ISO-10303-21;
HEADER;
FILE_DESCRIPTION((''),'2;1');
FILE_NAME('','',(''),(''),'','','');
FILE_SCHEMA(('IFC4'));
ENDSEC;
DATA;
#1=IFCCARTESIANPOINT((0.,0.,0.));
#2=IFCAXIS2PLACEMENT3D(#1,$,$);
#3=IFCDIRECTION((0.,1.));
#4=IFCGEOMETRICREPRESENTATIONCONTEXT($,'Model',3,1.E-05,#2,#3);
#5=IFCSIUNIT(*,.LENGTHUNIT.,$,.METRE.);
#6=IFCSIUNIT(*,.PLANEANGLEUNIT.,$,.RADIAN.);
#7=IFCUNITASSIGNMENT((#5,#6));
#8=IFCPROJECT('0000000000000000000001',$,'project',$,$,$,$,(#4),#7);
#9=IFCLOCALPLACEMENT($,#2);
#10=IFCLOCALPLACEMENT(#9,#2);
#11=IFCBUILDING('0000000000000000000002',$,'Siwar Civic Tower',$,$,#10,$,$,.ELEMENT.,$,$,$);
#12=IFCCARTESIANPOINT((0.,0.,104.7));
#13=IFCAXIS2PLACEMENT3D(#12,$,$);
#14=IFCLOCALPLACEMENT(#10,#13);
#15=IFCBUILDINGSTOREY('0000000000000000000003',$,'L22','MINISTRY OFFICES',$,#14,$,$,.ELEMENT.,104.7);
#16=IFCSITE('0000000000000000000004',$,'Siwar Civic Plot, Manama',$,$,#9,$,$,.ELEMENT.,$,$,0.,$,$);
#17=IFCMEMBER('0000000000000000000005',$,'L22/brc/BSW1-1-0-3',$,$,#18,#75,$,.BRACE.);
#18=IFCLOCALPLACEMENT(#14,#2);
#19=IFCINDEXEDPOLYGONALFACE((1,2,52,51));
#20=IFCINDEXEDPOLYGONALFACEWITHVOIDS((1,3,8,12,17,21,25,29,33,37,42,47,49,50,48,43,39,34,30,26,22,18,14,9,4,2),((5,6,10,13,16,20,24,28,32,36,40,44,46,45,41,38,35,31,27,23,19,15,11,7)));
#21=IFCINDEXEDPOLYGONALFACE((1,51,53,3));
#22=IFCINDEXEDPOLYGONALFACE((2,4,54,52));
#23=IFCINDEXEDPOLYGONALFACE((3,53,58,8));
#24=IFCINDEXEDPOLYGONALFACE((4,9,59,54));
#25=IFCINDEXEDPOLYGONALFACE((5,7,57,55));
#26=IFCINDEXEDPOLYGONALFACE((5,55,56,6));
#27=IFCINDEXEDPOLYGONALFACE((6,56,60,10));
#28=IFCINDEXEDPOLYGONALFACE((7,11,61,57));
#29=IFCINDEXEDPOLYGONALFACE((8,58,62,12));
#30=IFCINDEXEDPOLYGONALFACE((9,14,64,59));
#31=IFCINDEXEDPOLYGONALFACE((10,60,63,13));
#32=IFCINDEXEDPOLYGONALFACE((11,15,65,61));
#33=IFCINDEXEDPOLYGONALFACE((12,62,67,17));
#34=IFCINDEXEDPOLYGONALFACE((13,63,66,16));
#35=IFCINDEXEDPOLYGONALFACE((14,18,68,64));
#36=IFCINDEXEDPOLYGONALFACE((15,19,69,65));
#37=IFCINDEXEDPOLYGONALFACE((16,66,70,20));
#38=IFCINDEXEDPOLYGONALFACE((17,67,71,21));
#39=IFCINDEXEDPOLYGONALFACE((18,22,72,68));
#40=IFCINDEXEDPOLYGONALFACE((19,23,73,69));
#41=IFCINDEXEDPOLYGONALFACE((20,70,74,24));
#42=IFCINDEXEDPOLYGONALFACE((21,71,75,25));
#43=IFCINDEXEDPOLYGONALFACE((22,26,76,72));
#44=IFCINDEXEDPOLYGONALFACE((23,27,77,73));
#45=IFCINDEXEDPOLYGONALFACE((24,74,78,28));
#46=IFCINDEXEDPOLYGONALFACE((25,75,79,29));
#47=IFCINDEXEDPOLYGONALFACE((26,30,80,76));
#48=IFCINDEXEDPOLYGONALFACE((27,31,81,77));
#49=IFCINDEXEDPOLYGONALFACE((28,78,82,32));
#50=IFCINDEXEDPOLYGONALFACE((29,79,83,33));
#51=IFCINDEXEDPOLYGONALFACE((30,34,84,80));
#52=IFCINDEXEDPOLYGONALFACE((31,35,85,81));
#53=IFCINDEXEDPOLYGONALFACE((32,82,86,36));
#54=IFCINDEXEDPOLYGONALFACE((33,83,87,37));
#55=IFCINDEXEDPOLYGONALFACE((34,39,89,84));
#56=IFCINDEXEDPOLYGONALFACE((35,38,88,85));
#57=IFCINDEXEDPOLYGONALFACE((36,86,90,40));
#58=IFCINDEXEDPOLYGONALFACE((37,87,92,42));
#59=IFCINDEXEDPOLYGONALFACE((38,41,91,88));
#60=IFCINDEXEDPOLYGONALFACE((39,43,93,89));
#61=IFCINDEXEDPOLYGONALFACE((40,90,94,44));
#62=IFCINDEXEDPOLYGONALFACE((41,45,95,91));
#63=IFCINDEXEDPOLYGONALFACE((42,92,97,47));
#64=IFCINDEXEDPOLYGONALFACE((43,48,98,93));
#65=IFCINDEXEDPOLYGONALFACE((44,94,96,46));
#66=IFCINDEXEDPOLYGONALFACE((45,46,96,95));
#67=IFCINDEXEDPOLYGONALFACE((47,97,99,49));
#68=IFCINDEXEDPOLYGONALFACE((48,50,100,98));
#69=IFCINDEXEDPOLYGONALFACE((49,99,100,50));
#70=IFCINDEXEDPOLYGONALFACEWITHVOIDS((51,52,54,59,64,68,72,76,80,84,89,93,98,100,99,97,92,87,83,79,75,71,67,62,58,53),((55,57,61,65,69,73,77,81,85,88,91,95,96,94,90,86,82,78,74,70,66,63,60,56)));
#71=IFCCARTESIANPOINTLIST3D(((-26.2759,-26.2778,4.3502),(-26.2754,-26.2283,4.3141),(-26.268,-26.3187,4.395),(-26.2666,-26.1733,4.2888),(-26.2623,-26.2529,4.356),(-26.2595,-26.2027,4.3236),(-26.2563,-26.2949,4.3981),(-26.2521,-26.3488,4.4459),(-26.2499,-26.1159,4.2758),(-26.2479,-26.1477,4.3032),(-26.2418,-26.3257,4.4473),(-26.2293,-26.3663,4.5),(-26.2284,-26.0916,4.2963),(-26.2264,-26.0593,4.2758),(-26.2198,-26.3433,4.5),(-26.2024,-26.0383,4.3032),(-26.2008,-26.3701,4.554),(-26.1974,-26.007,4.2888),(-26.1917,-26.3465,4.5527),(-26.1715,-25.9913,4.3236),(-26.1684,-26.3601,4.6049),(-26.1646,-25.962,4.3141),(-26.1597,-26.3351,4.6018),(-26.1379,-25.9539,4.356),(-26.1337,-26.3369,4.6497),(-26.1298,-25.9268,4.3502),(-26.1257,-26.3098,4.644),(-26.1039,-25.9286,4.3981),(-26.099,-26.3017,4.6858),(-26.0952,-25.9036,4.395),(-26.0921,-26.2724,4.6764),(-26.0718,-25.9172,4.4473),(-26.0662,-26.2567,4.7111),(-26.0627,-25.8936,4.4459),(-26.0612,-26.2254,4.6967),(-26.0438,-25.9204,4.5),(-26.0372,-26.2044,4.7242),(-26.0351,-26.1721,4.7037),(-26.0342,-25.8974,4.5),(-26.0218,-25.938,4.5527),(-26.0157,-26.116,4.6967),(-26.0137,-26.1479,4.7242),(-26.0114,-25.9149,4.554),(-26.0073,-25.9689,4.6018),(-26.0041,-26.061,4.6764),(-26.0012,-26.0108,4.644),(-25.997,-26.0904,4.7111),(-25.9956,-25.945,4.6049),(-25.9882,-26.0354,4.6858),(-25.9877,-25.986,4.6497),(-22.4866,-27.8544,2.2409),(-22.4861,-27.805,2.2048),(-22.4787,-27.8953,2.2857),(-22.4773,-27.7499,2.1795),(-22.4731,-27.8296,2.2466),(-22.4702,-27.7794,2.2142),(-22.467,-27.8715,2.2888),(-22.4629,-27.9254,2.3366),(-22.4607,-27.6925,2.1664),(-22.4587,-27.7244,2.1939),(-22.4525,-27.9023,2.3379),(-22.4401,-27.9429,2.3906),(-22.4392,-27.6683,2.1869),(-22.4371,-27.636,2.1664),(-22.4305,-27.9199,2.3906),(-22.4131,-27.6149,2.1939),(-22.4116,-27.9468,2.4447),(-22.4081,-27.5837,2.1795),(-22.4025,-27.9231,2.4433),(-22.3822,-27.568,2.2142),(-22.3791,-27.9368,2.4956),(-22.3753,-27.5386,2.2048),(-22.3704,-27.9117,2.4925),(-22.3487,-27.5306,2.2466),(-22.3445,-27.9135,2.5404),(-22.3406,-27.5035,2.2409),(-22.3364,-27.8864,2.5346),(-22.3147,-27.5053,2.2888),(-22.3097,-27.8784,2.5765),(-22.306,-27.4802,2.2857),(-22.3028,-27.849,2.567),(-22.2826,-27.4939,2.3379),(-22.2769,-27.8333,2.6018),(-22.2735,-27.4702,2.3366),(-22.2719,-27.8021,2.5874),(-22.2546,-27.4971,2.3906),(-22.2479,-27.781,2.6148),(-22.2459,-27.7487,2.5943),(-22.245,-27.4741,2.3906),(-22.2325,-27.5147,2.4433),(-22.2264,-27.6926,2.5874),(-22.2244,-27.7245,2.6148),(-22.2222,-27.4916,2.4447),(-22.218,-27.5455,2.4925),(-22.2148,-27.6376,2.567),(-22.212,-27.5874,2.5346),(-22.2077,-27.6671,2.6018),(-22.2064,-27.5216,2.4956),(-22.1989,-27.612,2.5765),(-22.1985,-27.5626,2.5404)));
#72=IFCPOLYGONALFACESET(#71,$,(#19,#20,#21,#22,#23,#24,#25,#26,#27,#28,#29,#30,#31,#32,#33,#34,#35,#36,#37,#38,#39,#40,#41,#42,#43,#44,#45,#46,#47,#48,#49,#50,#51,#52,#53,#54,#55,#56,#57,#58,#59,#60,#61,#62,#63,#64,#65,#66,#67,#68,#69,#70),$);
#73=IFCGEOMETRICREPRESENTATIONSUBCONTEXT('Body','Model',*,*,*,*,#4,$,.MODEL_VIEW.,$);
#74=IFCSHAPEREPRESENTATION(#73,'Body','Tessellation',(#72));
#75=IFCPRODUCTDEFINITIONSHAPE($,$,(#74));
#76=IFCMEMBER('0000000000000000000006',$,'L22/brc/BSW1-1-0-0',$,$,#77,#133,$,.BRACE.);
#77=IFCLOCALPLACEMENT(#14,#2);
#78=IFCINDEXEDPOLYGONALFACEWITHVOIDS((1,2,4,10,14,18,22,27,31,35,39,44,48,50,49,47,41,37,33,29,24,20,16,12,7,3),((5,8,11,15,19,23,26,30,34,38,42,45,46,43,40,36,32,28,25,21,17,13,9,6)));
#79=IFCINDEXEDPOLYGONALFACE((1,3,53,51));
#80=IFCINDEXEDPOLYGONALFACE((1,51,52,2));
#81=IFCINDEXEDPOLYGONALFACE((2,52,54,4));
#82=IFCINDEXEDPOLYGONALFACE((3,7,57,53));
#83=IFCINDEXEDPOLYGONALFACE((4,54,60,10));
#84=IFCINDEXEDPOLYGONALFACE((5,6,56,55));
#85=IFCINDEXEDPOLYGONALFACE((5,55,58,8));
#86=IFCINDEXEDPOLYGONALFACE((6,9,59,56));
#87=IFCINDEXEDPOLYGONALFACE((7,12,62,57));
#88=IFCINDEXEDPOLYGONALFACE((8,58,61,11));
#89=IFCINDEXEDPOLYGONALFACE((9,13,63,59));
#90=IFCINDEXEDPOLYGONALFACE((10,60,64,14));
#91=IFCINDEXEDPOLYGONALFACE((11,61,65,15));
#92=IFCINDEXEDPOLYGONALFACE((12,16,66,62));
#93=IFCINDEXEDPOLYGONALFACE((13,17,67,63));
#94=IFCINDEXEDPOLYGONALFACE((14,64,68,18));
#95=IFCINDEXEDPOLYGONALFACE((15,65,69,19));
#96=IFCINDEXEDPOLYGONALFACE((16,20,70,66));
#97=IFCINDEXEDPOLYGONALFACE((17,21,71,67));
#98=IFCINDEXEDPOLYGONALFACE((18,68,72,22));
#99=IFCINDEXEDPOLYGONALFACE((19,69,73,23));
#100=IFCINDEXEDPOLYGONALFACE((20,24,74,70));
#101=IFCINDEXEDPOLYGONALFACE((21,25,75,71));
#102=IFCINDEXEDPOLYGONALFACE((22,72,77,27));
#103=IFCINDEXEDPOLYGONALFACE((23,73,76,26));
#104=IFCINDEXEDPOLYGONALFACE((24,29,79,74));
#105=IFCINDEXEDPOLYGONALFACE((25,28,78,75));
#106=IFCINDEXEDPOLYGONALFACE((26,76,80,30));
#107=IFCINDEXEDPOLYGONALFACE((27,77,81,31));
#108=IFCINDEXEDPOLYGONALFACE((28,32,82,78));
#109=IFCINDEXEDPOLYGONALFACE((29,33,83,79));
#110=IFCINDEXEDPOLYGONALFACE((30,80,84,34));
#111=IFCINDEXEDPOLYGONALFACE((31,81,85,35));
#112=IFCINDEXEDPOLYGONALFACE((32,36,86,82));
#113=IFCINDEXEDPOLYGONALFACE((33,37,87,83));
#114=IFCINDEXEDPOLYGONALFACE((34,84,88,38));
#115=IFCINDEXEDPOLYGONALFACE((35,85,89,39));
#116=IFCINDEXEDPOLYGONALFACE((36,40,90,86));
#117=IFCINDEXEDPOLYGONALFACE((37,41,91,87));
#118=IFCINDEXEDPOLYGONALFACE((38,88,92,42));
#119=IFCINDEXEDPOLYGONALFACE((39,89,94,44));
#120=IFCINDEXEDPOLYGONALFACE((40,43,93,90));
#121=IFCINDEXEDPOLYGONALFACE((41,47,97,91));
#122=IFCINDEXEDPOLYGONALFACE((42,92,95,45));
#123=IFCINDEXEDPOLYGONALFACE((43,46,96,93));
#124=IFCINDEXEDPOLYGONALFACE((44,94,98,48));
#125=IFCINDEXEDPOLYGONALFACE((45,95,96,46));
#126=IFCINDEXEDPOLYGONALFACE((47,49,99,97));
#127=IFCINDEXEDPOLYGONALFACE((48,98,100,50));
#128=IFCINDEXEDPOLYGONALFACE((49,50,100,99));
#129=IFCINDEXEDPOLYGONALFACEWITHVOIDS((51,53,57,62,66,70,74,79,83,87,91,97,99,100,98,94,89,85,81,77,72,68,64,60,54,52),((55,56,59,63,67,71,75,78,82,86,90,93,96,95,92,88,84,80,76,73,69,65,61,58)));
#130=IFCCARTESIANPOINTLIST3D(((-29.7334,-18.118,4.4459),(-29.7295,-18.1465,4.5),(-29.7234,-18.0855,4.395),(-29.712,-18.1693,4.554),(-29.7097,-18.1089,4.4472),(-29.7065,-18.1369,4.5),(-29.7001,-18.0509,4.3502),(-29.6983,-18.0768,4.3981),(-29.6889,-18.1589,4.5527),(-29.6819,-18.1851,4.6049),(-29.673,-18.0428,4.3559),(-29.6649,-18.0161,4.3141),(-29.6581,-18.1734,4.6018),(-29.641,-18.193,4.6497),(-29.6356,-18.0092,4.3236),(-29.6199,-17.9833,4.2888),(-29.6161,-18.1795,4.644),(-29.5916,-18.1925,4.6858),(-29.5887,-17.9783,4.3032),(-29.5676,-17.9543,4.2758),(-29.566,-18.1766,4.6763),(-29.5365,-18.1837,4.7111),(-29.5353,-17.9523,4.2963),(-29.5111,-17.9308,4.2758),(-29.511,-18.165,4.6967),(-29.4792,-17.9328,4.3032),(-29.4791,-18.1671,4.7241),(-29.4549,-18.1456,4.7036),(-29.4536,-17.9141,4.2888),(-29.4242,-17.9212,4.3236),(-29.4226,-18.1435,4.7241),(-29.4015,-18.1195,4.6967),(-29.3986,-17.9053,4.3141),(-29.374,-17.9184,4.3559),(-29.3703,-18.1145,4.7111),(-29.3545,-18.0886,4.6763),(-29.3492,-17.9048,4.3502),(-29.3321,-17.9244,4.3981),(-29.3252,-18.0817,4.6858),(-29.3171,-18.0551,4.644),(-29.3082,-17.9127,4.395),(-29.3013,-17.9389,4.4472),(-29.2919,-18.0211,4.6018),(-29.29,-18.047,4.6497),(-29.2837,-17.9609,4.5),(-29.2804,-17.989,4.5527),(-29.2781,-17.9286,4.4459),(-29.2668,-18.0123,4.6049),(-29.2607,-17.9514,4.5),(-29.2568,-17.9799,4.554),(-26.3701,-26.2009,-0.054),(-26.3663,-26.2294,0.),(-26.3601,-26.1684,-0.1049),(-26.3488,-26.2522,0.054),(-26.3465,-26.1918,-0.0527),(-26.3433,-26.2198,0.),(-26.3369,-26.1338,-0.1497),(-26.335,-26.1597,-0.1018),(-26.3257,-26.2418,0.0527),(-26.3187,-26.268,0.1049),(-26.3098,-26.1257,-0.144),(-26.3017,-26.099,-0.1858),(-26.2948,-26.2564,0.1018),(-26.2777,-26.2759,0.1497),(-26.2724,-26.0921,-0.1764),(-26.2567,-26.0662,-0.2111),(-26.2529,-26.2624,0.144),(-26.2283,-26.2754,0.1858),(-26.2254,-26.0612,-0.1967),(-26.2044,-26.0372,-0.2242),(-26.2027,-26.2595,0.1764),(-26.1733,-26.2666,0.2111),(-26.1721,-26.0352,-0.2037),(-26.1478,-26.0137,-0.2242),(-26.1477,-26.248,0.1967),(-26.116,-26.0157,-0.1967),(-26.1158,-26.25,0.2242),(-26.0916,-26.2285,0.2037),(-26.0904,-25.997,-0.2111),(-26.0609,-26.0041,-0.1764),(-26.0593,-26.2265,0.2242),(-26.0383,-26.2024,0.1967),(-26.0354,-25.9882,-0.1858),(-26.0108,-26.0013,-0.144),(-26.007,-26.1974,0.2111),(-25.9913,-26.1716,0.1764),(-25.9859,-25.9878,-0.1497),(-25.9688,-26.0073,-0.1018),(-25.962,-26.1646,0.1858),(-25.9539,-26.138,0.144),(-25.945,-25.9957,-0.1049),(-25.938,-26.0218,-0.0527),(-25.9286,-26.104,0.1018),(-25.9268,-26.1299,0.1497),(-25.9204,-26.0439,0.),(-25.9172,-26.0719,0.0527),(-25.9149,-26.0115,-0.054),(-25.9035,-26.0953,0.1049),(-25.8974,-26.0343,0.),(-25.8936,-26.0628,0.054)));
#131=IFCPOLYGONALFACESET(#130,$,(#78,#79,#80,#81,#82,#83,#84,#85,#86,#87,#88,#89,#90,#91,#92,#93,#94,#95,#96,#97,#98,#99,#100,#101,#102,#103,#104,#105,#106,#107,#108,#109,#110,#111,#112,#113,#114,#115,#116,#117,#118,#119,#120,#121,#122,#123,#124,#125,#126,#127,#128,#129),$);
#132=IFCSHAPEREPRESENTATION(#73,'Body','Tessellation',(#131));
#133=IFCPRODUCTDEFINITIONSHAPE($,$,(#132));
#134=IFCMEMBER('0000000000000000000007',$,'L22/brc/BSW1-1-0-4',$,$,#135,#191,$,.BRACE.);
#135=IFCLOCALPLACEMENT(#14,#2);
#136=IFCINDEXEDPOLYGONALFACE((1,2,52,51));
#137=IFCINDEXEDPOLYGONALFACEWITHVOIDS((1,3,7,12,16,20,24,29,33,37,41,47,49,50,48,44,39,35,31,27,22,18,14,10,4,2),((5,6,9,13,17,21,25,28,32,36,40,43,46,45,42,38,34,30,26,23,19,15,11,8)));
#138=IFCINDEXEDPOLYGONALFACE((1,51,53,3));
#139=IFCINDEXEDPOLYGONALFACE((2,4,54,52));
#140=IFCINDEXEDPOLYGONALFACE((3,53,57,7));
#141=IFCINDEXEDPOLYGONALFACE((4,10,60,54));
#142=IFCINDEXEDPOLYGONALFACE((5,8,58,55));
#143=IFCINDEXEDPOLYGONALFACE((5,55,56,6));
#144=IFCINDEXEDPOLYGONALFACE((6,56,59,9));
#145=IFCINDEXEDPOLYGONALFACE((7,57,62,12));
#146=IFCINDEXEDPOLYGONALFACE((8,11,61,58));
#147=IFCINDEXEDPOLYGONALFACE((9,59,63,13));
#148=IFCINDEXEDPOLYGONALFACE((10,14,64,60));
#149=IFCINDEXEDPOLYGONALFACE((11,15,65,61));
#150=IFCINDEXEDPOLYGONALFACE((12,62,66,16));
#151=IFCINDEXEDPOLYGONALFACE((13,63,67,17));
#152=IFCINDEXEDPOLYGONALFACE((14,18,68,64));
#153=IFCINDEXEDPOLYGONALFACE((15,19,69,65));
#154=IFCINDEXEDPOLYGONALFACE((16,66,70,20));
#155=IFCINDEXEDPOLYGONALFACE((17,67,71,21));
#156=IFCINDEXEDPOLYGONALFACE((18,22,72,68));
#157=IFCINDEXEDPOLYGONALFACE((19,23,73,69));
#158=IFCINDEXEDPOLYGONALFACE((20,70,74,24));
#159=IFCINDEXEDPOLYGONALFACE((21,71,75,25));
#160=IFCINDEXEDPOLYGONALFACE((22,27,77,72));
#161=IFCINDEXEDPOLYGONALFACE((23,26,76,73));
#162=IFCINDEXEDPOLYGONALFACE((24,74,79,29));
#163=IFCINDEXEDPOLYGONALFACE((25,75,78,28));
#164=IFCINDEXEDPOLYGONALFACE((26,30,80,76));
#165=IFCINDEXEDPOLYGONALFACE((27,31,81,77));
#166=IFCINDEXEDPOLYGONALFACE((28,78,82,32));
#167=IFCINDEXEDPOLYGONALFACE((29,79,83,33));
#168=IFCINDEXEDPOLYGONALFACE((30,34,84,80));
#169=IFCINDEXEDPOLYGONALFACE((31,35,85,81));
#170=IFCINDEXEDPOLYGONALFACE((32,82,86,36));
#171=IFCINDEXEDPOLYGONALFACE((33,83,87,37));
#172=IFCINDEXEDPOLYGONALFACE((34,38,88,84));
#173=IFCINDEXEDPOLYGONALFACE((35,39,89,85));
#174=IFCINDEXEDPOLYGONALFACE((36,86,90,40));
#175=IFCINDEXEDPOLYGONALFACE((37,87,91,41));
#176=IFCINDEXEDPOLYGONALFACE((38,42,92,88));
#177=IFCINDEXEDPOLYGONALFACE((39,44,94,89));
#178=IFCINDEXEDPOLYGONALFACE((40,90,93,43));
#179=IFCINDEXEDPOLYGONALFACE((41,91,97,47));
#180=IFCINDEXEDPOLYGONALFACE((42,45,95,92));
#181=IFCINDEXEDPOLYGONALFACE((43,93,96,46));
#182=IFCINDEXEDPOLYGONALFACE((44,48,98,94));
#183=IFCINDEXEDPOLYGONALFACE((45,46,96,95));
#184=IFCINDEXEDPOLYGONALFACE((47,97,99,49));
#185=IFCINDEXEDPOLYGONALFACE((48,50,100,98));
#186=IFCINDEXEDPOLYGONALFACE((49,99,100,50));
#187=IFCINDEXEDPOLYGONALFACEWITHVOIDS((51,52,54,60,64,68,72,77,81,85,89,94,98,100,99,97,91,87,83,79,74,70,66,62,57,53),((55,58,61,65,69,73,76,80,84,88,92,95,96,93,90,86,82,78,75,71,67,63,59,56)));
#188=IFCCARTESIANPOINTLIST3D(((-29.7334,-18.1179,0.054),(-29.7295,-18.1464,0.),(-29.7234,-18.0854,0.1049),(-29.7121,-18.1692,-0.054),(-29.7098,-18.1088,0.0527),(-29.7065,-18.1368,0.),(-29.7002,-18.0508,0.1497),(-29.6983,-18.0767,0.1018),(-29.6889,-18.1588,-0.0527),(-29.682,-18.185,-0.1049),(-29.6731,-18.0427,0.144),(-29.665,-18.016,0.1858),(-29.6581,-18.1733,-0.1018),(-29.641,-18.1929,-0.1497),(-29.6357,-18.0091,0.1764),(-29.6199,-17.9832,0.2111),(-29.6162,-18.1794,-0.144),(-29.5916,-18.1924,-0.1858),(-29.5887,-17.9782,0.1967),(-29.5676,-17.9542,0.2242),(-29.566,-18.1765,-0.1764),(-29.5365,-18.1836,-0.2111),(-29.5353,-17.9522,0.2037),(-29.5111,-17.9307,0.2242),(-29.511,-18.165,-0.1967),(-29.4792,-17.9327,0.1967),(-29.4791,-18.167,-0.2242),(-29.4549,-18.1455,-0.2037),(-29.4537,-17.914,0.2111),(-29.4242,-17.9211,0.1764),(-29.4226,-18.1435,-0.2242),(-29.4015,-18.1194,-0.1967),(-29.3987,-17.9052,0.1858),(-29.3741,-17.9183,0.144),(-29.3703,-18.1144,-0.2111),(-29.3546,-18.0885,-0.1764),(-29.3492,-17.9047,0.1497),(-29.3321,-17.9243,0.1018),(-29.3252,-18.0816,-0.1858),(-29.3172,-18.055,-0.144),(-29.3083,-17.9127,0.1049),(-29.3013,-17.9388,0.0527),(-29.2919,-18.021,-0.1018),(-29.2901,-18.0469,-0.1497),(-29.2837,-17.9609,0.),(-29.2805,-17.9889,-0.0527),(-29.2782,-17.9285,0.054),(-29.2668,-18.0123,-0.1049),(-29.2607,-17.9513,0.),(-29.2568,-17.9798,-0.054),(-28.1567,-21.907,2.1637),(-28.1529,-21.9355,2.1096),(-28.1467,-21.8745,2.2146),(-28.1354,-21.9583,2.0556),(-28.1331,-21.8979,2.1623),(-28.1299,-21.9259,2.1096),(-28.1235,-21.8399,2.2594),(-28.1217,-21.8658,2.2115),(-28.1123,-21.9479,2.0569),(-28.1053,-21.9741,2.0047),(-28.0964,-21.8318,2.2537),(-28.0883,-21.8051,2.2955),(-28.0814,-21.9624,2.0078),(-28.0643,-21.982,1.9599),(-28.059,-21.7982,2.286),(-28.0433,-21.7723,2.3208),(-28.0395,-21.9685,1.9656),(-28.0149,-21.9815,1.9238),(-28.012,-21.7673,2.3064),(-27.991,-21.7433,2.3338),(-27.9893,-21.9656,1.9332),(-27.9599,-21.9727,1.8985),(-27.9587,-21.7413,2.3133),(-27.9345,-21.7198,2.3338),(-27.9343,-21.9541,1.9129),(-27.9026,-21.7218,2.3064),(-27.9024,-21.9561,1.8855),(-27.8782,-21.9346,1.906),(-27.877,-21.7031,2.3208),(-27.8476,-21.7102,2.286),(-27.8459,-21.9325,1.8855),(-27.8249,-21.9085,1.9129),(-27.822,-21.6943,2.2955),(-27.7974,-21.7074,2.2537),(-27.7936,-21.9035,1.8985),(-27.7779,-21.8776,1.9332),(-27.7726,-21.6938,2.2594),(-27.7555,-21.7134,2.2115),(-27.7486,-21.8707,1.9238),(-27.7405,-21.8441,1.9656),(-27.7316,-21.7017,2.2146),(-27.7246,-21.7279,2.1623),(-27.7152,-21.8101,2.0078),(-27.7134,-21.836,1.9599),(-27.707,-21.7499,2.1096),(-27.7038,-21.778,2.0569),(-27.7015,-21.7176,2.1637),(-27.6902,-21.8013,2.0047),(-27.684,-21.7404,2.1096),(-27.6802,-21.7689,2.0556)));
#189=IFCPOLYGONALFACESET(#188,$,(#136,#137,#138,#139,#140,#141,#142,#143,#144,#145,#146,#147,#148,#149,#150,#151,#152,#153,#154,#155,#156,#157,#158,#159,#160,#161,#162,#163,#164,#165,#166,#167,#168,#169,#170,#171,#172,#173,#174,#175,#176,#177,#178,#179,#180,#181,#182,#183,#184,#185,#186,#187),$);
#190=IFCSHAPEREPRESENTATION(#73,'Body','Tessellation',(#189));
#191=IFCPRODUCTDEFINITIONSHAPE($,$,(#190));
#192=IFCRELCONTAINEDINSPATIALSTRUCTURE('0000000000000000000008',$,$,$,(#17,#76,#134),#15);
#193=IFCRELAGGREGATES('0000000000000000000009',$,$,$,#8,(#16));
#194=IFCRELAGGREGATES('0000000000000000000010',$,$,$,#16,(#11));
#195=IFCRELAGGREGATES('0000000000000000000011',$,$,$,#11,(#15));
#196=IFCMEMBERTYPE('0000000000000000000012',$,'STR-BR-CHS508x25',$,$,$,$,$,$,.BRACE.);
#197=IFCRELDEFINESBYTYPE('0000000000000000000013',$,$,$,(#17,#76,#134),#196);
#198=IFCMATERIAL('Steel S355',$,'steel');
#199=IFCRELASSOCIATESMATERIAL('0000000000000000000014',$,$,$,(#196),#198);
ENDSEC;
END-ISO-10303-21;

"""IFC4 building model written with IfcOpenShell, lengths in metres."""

from ifc_helpers import new_model, si_unit, direction, frame, origin, origin_2d, place, context, subcontext, project, spatial, hollow_circle, extrude, material, material_profile, profile_set, type_object, element, save


model = new_model("IFC4")

# Units and contexts
model_context = context("Model", 3, precision=1e-05, world=origin(), true_north=direction((0.0, 1.0)))
body_context = subcontext(model_context, "Body", "Model", "MODEL_VIEW")
ifc_project = project(units=[si_unit("LENGTHUNIT", "METRE"), si_unit("PLANEANGLEUNIT", "RADIAN")], contexts=[model_context])

# Site, building, storey
site_placement = place(None, origin())
site = spatial("IfcSite", under=ifc_project, at=site_placement, Name="Siwar Civic Plot, Manama", CompositionType="ELEMENT", RefElevation=0.0)
building_placement = place(site_placement, origin())
building = spatial("IfcBuilding", under=site, at=building_placement, Name="Siwar Civic Tower", CompositionType="ELEMENT")
storey_placement = place(building_placement, frame((0.0, 0.0, 104.7)))
storey = spatial("IfcBuildingStorey", under=building, at=storey_placement, Name="L22", Description="MINISTRY OFFICES", CompositionType="ELEMENT", Elevation=104.7)

# Members
ifc_material_1 = material(Name="Steel S355", Category="steel")
ifc_material_profile_1 = material_profile(ifc_material_1, hollow_circle(Radius=0.2539, WallThickness=0.0249, at=origin_2d()), Name="CHS508x25")
ifc_profile_set_1 = profile_set([ifc_material_profile_1], Name="Steel S355")
member_type_1 = type_object("IfcMemberType", Name="STR-BR-CHS508x25", PredefinedType="BRACE", material=ifc_profile_set_1)
for number, where, z_axis, x_axis, name in (
    (1, (-22.3425, -27.7085, 2.3906), (-0.821163, 0.341671, 0.457113), (-0.384155, -0.923269, 0.0), "L22/brc/BSW1-1-0-3"),
):
    element("IfcMember", number, at=place(storey_placement, frame(where, z_axis=z_axis, x_axis=x_axis)), inside=storey, type_object=member_type_1, Name=name, PredefinedType="BRACE", context=body_context, shape_type="SweptSolid", body=[
        extrude(hollow_circle(Radius=0.2539, WallThickness=0.0249, at=origin_2d()), origin(), (0.0, 0.0, 1.0), 4.6145),
    ])
member_1_placement = place(storey_placement, frame((-26.1318, -26.1318, 0.0), z_axis=(-0.341671, 0.821143, 0.457149), x_axis=(-0.923265, -0.384164, 0.0)))
element("IfcMember", 2, at=member_1_placement, inside=storey, type_object=member_type_1, Name="L22/brc/BSW1-1-0-0", PredefinedType="BRACE", context=body_context, shape_type="SweptSolid", body=[
    extrude(hollow_circle(Radius=0.2539, WallThickness=0.0249, at=origin_2d()), origin(), (0.0, 0.0, 1.0), 9.8435),
])
for number, where, z_axis, x_axis, name in (
    (3, (-29.4951, -18.0488, 0.0), (0.341677, -0.821126, 0.457175), (0.92326, 0.384176, 0.0), "L22/brc/BSW1-1-0-4"),
):
    element("IfcMember", number, at=place(storey_placement, frame(where, z_axis=z_axis, x_axis=x_axis)), inside=storey, type_object=member_type_1, Name=name, PredefinedType="BRACE", context=body_context, shape_type="SweptSolid", body=[
        extrude(hollow_circle(Radius=0.2539, WallThickness=0.0249, at=origin_2d()), origin(), (0.0, 0.0, 1.0), 4.6145),
    ])

save(model, "model.ifc")
